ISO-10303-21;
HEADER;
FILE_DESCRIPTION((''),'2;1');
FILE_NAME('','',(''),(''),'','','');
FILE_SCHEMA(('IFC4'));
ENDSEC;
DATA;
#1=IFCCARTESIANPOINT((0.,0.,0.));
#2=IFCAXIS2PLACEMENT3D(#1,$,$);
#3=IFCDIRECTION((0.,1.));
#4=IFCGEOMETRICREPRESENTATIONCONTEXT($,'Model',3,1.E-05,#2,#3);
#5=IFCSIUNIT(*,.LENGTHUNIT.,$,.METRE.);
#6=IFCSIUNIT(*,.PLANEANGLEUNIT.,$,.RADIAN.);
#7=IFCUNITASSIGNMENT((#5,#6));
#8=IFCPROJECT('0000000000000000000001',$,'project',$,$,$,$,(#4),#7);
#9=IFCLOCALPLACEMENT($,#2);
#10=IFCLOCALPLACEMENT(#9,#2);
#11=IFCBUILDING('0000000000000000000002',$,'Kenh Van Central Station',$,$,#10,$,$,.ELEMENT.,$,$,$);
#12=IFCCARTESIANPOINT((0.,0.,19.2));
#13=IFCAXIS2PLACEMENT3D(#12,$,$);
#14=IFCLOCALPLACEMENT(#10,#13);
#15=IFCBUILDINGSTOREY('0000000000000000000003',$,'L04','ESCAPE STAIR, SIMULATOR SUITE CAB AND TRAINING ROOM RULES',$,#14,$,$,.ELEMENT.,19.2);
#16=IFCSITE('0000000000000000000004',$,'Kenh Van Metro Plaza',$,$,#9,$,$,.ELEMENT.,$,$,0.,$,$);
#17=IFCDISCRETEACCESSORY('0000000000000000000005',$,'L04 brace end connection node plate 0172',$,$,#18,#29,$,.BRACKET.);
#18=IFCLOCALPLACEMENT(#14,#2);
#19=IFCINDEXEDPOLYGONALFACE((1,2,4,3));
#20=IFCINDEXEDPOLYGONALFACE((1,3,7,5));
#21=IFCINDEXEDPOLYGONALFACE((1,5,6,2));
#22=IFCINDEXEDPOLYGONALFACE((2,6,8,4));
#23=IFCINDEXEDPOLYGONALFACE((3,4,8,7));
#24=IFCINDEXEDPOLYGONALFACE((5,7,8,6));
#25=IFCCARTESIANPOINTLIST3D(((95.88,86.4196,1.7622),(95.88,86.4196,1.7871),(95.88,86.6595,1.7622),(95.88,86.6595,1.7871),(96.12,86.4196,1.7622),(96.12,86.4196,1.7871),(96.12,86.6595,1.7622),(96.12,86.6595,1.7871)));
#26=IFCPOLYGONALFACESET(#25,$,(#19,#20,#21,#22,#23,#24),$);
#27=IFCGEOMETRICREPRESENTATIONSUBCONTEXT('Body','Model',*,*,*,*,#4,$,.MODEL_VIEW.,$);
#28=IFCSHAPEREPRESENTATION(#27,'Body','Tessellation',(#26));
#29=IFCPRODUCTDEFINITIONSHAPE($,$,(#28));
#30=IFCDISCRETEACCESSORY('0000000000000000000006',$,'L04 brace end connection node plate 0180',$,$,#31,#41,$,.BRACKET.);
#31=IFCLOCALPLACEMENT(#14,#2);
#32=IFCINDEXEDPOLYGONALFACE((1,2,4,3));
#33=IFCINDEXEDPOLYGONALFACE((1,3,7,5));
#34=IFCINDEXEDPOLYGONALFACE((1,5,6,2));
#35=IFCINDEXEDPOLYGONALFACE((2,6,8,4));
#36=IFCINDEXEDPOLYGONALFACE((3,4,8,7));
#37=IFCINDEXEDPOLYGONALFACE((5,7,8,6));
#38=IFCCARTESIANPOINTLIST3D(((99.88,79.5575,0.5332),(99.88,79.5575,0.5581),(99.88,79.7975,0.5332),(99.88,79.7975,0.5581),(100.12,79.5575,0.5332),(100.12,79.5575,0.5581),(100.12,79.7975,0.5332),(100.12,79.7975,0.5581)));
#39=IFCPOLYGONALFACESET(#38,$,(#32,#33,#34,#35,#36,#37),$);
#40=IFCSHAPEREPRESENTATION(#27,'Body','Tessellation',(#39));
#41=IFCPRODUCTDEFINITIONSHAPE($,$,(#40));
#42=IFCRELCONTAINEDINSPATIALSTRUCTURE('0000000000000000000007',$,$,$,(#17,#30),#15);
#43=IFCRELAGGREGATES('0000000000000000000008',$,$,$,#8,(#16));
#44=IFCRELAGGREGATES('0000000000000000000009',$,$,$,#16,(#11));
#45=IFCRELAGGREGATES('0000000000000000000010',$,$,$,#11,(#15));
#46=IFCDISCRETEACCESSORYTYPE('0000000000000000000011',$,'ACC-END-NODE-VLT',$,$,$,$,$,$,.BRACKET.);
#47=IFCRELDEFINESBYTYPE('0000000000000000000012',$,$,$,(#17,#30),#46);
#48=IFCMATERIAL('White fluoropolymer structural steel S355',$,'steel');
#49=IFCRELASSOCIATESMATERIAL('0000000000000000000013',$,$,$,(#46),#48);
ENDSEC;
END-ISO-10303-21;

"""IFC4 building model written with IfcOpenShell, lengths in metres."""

from ifc_helpers import new_model, si_unit, direction, frame, origin, origin_2d, place, context, subcontext, project, spatial, rectangle, extrude, material, type_object, element, save


model = new_model("IFC4")

# Units and contexts
model_context = context("Model", 3, precision=1e-05, world=origin(), true_north=direction((0.0, 1.0)))
body_context = subcontext(model_context, "Body", "Model", "MODEL_VIEW")
ifc_project = project(units=[si_unit("LENGTHUNIT", "METRE"), si_unit("PLANEANGLEUNIT", "RADIAN")], contexts=[model_context])

# Site, building, storey
site_placement = place(None, origin())
site = spatial("IfcSite", under=ifc_project, at=site_placement, Name="Kenh Van Metro Plaza", CompositionType="ELEMENT", RefElevation=0.0)
building_placement = place(site_placement, origin())
building = spatial("IfcBuilding", under=site, at=building_placement, Name="Kenh Van Central Station", CompositionType="ELEMENT")
storey_placement = place(building_placement, frame((0.0, 0.0, 19.2)))
storey = spatial("IfcBuildingStorey", under=building, at=storey_placement, Name="L04", Description="ESCAPE STAIR, SIMULATOR SUITE CAB AND TRAINING ROOM RULES", CompositionType="ELEMENT", Elevation=19.2)

# Shared definitions
ifc_material_1 = material(Name="White fluoropolymer structural steel S355", Category="steel")

# Discrete accessories
discrete_accessory_type_1 = type_object("IfcDiscreteAccessoryType", Name="ACC-END-NODE-VLT", PredefinedType="BRACKET", material=ifc_material_1)
for number, where, z_axis, x_axis, name in (
    (1, (96.0, 86.5396, 1.7622), (0.0, 0.0, 1.0), (1.0, 0.0, 0.0), "L04 brace end connection node plate 0172"),
    (2, (100.0, 79.6775, 0.5332), (0.0, 0.0, 1.0), (1.0, 0.0, 0.0), "L04 brace end connection node plate 0180"),
):
    element("IfcDiscreteAccessory", number, at=place(storey_placement, frame(where, z_axis=z_axis, x_axis=x_axis)), inside=storey, type_object=discrete_accessory_type_1, Name=name, PredefinedType="BRACKET", context=body_context, shape_type="SweptSolid", body=[
        extrude(rectangle(XDim=0.24, YDim=0.24, at=origin_2d()), origin(), (0.0, 0.0, 1.0), 0.0249),
    ])

save(model, "model.ifc")
